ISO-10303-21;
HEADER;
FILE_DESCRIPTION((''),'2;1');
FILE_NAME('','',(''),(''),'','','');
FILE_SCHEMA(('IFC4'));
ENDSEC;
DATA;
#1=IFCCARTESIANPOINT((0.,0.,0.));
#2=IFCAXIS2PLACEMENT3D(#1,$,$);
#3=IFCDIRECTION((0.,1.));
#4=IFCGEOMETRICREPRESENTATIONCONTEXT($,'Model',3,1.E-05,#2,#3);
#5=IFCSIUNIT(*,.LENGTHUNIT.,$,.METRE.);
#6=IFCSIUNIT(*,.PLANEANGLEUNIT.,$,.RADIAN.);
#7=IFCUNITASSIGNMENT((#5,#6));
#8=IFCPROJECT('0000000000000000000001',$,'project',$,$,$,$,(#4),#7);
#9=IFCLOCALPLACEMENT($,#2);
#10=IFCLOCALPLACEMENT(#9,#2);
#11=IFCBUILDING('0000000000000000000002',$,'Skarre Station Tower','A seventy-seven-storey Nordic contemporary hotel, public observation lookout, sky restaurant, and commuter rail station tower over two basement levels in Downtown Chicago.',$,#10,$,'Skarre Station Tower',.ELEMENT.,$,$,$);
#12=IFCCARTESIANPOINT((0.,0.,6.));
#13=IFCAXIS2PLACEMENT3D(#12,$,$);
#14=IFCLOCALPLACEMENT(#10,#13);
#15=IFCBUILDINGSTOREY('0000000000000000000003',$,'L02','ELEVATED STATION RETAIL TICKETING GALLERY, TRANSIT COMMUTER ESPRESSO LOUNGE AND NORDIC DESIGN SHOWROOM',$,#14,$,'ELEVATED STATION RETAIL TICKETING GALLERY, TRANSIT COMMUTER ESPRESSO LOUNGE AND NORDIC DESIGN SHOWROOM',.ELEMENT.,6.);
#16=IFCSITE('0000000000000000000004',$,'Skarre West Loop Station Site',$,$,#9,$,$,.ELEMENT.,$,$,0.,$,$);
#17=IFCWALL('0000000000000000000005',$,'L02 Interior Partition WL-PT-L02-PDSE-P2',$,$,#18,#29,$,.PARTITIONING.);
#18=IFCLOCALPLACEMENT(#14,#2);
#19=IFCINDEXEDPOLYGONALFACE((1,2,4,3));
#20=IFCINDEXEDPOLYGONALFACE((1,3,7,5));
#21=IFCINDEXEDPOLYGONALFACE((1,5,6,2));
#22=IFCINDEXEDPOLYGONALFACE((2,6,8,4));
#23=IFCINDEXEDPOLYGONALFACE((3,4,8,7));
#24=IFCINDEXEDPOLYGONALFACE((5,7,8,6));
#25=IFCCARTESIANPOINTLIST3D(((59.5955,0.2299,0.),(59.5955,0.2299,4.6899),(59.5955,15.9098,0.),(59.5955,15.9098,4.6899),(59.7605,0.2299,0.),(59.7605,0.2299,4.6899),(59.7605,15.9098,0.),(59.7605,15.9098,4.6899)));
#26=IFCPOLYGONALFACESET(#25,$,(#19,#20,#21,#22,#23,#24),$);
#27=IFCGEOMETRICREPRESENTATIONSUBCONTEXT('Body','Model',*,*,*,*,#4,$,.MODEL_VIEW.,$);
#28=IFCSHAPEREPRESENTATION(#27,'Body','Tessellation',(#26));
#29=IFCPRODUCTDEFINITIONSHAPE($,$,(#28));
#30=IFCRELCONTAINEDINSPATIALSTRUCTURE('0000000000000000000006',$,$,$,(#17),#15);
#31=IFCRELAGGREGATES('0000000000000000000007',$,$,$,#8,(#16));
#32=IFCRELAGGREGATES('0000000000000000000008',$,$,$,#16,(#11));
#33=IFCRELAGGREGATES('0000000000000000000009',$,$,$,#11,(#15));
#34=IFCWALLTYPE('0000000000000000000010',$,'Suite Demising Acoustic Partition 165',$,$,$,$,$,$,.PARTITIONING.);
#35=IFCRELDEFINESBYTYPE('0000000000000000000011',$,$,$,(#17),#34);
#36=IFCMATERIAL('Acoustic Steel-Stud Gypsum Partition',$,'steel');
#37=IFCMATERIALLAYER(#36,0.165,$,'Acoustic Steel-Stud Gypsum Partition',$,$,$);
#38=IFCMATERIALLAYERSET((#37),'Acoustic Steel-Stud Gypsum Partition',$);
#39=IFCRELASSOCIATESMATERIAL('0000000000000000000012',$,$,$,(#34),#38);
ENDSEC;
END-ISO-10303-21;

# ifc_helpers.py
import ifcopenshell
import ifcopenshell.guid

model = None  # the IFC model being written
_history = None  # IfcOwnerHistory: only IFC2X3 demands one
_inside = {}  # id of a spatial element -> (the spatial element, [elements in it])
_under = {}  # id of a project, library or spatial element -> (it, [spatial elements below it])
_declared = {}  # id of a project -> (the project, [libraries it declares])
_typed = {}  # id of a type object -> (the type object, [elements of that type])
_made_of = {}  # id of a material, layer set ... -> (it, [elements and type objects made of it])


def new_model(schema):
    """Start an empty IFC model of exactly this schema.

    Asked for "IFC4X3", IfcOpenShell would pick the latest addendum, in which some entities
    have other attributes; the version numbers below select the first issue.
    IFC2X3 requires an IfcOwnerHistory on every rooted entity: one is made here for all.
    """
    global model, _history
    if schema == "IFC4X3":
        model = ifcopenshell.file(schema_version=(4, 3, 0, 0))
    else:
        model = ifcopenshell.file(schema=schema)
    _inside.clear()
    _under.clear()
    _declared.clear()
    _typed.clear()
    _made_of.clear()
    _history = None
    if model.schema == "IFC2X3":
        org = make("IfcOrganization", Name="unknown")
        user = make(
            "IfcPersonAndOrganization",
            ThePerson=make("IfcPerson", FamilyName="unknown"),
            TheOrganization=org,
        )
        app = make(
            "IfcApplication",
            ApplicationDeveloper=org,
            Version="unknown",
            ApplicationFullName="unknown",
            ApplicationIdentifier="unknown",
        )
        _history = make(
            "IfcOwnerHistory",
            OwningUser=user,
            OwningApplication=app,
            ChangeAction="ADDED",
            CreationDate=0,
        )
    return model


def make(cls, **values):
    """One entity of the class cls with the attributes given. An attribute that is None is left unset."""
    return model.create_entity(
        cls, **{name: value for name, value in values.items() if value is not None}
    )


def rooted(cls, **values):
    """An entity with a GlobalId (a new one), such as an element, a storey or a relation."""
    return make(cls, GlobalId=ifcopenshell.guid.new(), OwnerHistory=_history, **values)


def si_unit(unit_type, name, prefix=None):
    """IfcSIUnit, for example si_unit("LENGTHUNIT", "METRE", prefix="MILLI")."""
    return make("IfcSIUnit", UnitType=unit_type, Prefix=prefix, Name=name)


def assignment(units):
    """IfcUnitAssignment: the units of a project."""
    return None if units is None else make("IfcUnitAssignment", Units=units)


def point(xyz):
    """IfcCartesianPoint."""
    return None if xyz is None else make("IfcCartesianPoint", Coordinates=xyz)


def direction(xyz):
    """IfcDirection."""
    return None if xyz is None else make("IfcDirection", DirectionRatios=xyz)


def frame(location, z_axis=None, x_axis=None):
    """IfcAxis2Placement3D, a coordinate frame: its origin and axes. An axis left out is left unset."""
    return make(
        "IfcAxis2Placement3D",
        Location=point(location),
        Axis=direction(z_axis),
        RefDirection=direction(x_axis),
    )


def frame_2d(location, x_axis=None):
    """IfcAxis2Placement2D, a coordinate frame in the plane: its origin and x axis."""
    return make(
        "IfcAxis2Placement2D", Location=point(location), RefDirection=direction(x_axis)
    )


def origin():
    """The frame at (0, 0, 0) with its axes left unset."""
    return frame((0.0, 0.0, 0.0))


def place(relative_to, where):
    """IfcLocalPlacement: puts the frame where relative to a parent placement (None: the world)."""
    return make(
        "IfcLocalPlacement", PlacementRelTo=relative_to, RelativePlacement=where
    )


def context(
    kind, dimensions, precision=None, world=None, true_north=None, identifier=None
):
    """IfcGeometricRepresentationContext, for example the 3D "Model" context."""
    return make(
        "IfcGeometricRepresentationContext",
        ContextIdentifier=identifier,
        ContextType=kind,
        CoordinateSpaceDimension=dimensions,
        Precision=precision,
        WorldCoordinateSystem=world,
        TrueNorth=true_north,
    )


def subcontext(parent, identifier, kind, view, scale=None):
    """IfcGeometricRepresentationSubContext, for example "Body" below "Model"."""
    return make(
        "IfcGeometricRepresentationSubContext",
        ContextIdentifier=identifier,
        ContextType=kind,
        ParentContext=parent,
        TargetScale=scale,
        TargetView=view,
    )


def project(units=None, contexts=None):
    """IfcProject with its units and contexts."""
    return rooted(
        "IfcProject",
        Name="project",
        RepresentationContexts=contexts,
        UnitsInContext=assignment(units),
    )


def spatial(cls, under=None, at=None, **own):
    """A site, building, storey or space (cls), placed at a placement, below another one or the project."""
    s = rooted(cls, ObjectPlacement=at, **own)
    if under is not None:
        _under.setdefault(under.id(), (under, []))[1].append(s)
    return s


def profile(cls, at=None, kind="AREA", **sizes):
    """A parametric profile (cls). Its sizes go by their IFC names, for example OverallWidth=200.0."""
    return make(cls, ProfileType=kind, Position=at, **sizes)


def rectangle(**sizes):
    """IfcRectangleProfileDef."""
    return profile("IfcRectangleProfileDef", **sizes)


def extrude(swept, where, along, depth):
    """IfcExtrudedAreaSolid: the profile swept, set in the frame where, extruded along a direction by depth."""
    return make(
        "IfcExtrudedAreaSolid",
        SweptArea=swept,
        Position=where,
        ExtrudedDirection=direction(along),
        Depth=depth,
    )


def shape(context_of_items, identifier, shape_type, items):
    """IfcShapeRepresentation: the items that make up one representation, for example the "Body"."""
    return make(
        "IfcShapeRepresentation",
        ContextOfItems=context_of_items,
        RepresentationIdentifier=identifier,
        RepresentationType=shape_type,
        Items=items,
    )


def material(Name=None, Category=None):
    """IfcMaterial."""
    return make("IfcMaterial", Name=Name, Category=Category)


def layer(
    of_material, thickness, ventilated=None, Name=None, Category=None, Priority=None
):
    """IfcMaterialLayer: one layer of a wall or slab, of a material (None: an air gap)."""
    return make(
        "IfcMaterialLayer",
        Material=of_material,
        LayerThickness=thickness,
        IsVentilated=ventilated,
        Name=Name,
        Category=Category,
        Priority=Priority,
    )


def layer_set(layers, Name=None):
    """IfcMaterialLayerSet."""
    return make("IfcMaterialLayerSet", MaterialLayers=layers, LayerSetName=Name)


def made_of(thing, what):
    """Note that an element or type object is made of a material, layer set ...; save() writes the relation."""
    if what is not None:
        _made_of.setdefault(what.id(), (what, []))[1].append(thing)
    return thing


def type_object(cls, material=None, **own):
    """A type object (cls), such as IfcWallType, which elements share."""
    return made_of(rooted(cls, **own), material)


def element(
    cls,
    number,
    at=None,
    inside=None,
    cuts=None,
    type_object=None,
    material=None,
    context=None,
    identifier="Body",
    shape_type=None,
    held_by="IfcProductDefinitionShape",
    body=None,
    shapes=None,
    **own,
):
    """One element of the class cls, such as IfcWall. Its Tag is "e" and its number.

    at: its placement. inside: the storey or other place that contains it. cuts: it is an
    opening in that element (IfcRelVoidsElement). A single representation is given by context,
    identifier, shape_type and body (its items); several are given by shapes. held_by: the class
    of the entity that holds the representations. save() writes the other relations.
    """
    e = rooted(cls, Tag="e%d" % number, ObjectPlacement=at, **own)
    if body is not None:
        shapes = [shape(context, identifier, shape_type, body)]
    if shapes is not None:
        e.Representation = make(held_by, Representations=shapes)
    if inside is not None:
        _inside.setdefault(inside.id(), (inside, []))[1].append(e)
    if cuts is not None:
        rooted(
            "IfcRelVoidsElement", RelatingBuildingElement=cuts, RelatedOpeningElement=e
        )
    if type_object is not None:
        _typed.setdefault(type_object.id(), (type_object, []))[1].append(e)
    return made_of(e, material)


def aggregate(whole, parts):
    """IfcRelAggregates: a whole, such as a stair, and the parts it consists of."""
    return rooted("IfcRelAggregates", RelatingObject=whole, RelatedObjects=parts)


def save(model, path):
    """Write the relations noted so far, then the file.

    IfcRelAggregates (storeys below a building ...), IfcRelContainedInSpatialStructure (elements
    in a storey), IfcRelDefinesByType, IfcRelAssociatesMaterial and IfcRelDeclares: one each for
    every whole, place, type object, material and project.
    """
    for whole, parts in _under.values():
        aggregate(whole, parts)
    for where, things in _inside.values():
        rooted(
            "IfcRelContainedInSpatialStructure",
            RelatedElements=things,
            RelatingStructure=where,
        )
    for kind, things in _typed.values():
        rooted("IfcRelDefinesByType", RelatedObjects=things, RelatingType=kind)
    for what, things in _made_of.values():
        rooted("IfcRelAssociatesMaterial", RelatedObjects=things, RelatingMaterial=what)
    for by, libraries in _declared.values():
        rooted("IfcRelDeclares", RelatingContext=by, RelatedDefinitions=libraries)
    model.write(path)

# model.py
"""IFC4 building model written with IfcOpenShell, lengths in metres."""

from ifc_helpers import new_model, si_unit, direction, frame, frame_2d, origin, place, context, subcontext, project, spatial, rectangle, extrude, material, layer, layer_set, type_object, element, save


model = new_model("IFC4")

# Units and contexts
model_context = context("Model", 3, precision=1e-05, world=origin(), true_north=direction((0.0, 1.0)))
body_context = subcontext(model_context, "Body", "Model", "MODEL_VIEW")
ifc_project = project(units=[si_unit("LENGTHUNIT", "METRE"), si_unit("PLANEANGLEUNIT", "RADIAN")], contexts=[model_context])

# Site, building, storey
site_placement = place(None, origin())
site = spatial("IfcSite", under=ifc_project, at=site_placement, Name="Skarre West Loop Station Site", CompositionType="ELEMENT", RefElevation=0.0)
building_placement = place(site_placement, origin())
building = spatial("IfcBuilding", under=site, at=building_placement, Name="Skarre Station Tower", Description="A seventy-seven-storey Nordic contemporary hotel, public observation lookout, sky restaurant, and commuter rail station tower over two basement levels in Downtown Chicago.", LongName="Skarre Station Tower", CompositionType="ELEMENT")
storey_placement = place(building_placement, frame((0.0, 0.0, 6.0)))
storey = spatial("IfcBuildingStorey", under=building, at=storey_placement, Name="L02", Description="ELEVATED STATION RETAIL TICKETING GALLERY, TRANSIT COMMUTER ESPRESSO LOUNGE AND NORDIC DESIGN SHOWROOM", LongName="ELEVATED STATION RETAIL TICKETING GALLERY, TRANSIT COMMUTER ESPRESSO LOUNGE AND NORDIC DESIGN SHOWROOM", CompositionType="ELEMENT", Elevation=6.0)

# Shared definitions
ifc_material_1 = material(Name="Acoustic Steel-Stud Gypsum Partition", Category="steel")

# Wall
ifc_layer_1 = layer(ifc_material_1, 0.165, Name="Acoustic Steel-Stud Gypsum Partition")
ifc_layer_set_1 = layer_set([ifc_layer_1], Name="Acoustic Steel-Stud Gypsum Partition")
wall_type_1 = type_object("IfcWallType", Name="Suite Demising Acoustic Partition 165", PredefinedType="PARTITIONING", material=ifc_layer_set_1)
wall_1_placement = place(storey_placement, frame((59.678, 0.23, 0.0), z_axis=(0.0, 0.0, 1.0), x_axis=(0.0, 1.0, 0.0)))
element("IfcWall", 1, at=wall_1_placement, inside=storey, type_object=wall_type_1, Name="L02 Interior Partition WL-PT-L02-PDSE-P2", PredefinedType="PARTITIONING", context=body_context, shape_type="SweptSolid", body=[
    extrude(rectangle(XDim=15.6799, YDim=0.165, at=frame_2d((7.8398, 0.0))), origin(), (0.0, 0.0, 1.0), 4.6899),
])

save(model, "model.ifc")
